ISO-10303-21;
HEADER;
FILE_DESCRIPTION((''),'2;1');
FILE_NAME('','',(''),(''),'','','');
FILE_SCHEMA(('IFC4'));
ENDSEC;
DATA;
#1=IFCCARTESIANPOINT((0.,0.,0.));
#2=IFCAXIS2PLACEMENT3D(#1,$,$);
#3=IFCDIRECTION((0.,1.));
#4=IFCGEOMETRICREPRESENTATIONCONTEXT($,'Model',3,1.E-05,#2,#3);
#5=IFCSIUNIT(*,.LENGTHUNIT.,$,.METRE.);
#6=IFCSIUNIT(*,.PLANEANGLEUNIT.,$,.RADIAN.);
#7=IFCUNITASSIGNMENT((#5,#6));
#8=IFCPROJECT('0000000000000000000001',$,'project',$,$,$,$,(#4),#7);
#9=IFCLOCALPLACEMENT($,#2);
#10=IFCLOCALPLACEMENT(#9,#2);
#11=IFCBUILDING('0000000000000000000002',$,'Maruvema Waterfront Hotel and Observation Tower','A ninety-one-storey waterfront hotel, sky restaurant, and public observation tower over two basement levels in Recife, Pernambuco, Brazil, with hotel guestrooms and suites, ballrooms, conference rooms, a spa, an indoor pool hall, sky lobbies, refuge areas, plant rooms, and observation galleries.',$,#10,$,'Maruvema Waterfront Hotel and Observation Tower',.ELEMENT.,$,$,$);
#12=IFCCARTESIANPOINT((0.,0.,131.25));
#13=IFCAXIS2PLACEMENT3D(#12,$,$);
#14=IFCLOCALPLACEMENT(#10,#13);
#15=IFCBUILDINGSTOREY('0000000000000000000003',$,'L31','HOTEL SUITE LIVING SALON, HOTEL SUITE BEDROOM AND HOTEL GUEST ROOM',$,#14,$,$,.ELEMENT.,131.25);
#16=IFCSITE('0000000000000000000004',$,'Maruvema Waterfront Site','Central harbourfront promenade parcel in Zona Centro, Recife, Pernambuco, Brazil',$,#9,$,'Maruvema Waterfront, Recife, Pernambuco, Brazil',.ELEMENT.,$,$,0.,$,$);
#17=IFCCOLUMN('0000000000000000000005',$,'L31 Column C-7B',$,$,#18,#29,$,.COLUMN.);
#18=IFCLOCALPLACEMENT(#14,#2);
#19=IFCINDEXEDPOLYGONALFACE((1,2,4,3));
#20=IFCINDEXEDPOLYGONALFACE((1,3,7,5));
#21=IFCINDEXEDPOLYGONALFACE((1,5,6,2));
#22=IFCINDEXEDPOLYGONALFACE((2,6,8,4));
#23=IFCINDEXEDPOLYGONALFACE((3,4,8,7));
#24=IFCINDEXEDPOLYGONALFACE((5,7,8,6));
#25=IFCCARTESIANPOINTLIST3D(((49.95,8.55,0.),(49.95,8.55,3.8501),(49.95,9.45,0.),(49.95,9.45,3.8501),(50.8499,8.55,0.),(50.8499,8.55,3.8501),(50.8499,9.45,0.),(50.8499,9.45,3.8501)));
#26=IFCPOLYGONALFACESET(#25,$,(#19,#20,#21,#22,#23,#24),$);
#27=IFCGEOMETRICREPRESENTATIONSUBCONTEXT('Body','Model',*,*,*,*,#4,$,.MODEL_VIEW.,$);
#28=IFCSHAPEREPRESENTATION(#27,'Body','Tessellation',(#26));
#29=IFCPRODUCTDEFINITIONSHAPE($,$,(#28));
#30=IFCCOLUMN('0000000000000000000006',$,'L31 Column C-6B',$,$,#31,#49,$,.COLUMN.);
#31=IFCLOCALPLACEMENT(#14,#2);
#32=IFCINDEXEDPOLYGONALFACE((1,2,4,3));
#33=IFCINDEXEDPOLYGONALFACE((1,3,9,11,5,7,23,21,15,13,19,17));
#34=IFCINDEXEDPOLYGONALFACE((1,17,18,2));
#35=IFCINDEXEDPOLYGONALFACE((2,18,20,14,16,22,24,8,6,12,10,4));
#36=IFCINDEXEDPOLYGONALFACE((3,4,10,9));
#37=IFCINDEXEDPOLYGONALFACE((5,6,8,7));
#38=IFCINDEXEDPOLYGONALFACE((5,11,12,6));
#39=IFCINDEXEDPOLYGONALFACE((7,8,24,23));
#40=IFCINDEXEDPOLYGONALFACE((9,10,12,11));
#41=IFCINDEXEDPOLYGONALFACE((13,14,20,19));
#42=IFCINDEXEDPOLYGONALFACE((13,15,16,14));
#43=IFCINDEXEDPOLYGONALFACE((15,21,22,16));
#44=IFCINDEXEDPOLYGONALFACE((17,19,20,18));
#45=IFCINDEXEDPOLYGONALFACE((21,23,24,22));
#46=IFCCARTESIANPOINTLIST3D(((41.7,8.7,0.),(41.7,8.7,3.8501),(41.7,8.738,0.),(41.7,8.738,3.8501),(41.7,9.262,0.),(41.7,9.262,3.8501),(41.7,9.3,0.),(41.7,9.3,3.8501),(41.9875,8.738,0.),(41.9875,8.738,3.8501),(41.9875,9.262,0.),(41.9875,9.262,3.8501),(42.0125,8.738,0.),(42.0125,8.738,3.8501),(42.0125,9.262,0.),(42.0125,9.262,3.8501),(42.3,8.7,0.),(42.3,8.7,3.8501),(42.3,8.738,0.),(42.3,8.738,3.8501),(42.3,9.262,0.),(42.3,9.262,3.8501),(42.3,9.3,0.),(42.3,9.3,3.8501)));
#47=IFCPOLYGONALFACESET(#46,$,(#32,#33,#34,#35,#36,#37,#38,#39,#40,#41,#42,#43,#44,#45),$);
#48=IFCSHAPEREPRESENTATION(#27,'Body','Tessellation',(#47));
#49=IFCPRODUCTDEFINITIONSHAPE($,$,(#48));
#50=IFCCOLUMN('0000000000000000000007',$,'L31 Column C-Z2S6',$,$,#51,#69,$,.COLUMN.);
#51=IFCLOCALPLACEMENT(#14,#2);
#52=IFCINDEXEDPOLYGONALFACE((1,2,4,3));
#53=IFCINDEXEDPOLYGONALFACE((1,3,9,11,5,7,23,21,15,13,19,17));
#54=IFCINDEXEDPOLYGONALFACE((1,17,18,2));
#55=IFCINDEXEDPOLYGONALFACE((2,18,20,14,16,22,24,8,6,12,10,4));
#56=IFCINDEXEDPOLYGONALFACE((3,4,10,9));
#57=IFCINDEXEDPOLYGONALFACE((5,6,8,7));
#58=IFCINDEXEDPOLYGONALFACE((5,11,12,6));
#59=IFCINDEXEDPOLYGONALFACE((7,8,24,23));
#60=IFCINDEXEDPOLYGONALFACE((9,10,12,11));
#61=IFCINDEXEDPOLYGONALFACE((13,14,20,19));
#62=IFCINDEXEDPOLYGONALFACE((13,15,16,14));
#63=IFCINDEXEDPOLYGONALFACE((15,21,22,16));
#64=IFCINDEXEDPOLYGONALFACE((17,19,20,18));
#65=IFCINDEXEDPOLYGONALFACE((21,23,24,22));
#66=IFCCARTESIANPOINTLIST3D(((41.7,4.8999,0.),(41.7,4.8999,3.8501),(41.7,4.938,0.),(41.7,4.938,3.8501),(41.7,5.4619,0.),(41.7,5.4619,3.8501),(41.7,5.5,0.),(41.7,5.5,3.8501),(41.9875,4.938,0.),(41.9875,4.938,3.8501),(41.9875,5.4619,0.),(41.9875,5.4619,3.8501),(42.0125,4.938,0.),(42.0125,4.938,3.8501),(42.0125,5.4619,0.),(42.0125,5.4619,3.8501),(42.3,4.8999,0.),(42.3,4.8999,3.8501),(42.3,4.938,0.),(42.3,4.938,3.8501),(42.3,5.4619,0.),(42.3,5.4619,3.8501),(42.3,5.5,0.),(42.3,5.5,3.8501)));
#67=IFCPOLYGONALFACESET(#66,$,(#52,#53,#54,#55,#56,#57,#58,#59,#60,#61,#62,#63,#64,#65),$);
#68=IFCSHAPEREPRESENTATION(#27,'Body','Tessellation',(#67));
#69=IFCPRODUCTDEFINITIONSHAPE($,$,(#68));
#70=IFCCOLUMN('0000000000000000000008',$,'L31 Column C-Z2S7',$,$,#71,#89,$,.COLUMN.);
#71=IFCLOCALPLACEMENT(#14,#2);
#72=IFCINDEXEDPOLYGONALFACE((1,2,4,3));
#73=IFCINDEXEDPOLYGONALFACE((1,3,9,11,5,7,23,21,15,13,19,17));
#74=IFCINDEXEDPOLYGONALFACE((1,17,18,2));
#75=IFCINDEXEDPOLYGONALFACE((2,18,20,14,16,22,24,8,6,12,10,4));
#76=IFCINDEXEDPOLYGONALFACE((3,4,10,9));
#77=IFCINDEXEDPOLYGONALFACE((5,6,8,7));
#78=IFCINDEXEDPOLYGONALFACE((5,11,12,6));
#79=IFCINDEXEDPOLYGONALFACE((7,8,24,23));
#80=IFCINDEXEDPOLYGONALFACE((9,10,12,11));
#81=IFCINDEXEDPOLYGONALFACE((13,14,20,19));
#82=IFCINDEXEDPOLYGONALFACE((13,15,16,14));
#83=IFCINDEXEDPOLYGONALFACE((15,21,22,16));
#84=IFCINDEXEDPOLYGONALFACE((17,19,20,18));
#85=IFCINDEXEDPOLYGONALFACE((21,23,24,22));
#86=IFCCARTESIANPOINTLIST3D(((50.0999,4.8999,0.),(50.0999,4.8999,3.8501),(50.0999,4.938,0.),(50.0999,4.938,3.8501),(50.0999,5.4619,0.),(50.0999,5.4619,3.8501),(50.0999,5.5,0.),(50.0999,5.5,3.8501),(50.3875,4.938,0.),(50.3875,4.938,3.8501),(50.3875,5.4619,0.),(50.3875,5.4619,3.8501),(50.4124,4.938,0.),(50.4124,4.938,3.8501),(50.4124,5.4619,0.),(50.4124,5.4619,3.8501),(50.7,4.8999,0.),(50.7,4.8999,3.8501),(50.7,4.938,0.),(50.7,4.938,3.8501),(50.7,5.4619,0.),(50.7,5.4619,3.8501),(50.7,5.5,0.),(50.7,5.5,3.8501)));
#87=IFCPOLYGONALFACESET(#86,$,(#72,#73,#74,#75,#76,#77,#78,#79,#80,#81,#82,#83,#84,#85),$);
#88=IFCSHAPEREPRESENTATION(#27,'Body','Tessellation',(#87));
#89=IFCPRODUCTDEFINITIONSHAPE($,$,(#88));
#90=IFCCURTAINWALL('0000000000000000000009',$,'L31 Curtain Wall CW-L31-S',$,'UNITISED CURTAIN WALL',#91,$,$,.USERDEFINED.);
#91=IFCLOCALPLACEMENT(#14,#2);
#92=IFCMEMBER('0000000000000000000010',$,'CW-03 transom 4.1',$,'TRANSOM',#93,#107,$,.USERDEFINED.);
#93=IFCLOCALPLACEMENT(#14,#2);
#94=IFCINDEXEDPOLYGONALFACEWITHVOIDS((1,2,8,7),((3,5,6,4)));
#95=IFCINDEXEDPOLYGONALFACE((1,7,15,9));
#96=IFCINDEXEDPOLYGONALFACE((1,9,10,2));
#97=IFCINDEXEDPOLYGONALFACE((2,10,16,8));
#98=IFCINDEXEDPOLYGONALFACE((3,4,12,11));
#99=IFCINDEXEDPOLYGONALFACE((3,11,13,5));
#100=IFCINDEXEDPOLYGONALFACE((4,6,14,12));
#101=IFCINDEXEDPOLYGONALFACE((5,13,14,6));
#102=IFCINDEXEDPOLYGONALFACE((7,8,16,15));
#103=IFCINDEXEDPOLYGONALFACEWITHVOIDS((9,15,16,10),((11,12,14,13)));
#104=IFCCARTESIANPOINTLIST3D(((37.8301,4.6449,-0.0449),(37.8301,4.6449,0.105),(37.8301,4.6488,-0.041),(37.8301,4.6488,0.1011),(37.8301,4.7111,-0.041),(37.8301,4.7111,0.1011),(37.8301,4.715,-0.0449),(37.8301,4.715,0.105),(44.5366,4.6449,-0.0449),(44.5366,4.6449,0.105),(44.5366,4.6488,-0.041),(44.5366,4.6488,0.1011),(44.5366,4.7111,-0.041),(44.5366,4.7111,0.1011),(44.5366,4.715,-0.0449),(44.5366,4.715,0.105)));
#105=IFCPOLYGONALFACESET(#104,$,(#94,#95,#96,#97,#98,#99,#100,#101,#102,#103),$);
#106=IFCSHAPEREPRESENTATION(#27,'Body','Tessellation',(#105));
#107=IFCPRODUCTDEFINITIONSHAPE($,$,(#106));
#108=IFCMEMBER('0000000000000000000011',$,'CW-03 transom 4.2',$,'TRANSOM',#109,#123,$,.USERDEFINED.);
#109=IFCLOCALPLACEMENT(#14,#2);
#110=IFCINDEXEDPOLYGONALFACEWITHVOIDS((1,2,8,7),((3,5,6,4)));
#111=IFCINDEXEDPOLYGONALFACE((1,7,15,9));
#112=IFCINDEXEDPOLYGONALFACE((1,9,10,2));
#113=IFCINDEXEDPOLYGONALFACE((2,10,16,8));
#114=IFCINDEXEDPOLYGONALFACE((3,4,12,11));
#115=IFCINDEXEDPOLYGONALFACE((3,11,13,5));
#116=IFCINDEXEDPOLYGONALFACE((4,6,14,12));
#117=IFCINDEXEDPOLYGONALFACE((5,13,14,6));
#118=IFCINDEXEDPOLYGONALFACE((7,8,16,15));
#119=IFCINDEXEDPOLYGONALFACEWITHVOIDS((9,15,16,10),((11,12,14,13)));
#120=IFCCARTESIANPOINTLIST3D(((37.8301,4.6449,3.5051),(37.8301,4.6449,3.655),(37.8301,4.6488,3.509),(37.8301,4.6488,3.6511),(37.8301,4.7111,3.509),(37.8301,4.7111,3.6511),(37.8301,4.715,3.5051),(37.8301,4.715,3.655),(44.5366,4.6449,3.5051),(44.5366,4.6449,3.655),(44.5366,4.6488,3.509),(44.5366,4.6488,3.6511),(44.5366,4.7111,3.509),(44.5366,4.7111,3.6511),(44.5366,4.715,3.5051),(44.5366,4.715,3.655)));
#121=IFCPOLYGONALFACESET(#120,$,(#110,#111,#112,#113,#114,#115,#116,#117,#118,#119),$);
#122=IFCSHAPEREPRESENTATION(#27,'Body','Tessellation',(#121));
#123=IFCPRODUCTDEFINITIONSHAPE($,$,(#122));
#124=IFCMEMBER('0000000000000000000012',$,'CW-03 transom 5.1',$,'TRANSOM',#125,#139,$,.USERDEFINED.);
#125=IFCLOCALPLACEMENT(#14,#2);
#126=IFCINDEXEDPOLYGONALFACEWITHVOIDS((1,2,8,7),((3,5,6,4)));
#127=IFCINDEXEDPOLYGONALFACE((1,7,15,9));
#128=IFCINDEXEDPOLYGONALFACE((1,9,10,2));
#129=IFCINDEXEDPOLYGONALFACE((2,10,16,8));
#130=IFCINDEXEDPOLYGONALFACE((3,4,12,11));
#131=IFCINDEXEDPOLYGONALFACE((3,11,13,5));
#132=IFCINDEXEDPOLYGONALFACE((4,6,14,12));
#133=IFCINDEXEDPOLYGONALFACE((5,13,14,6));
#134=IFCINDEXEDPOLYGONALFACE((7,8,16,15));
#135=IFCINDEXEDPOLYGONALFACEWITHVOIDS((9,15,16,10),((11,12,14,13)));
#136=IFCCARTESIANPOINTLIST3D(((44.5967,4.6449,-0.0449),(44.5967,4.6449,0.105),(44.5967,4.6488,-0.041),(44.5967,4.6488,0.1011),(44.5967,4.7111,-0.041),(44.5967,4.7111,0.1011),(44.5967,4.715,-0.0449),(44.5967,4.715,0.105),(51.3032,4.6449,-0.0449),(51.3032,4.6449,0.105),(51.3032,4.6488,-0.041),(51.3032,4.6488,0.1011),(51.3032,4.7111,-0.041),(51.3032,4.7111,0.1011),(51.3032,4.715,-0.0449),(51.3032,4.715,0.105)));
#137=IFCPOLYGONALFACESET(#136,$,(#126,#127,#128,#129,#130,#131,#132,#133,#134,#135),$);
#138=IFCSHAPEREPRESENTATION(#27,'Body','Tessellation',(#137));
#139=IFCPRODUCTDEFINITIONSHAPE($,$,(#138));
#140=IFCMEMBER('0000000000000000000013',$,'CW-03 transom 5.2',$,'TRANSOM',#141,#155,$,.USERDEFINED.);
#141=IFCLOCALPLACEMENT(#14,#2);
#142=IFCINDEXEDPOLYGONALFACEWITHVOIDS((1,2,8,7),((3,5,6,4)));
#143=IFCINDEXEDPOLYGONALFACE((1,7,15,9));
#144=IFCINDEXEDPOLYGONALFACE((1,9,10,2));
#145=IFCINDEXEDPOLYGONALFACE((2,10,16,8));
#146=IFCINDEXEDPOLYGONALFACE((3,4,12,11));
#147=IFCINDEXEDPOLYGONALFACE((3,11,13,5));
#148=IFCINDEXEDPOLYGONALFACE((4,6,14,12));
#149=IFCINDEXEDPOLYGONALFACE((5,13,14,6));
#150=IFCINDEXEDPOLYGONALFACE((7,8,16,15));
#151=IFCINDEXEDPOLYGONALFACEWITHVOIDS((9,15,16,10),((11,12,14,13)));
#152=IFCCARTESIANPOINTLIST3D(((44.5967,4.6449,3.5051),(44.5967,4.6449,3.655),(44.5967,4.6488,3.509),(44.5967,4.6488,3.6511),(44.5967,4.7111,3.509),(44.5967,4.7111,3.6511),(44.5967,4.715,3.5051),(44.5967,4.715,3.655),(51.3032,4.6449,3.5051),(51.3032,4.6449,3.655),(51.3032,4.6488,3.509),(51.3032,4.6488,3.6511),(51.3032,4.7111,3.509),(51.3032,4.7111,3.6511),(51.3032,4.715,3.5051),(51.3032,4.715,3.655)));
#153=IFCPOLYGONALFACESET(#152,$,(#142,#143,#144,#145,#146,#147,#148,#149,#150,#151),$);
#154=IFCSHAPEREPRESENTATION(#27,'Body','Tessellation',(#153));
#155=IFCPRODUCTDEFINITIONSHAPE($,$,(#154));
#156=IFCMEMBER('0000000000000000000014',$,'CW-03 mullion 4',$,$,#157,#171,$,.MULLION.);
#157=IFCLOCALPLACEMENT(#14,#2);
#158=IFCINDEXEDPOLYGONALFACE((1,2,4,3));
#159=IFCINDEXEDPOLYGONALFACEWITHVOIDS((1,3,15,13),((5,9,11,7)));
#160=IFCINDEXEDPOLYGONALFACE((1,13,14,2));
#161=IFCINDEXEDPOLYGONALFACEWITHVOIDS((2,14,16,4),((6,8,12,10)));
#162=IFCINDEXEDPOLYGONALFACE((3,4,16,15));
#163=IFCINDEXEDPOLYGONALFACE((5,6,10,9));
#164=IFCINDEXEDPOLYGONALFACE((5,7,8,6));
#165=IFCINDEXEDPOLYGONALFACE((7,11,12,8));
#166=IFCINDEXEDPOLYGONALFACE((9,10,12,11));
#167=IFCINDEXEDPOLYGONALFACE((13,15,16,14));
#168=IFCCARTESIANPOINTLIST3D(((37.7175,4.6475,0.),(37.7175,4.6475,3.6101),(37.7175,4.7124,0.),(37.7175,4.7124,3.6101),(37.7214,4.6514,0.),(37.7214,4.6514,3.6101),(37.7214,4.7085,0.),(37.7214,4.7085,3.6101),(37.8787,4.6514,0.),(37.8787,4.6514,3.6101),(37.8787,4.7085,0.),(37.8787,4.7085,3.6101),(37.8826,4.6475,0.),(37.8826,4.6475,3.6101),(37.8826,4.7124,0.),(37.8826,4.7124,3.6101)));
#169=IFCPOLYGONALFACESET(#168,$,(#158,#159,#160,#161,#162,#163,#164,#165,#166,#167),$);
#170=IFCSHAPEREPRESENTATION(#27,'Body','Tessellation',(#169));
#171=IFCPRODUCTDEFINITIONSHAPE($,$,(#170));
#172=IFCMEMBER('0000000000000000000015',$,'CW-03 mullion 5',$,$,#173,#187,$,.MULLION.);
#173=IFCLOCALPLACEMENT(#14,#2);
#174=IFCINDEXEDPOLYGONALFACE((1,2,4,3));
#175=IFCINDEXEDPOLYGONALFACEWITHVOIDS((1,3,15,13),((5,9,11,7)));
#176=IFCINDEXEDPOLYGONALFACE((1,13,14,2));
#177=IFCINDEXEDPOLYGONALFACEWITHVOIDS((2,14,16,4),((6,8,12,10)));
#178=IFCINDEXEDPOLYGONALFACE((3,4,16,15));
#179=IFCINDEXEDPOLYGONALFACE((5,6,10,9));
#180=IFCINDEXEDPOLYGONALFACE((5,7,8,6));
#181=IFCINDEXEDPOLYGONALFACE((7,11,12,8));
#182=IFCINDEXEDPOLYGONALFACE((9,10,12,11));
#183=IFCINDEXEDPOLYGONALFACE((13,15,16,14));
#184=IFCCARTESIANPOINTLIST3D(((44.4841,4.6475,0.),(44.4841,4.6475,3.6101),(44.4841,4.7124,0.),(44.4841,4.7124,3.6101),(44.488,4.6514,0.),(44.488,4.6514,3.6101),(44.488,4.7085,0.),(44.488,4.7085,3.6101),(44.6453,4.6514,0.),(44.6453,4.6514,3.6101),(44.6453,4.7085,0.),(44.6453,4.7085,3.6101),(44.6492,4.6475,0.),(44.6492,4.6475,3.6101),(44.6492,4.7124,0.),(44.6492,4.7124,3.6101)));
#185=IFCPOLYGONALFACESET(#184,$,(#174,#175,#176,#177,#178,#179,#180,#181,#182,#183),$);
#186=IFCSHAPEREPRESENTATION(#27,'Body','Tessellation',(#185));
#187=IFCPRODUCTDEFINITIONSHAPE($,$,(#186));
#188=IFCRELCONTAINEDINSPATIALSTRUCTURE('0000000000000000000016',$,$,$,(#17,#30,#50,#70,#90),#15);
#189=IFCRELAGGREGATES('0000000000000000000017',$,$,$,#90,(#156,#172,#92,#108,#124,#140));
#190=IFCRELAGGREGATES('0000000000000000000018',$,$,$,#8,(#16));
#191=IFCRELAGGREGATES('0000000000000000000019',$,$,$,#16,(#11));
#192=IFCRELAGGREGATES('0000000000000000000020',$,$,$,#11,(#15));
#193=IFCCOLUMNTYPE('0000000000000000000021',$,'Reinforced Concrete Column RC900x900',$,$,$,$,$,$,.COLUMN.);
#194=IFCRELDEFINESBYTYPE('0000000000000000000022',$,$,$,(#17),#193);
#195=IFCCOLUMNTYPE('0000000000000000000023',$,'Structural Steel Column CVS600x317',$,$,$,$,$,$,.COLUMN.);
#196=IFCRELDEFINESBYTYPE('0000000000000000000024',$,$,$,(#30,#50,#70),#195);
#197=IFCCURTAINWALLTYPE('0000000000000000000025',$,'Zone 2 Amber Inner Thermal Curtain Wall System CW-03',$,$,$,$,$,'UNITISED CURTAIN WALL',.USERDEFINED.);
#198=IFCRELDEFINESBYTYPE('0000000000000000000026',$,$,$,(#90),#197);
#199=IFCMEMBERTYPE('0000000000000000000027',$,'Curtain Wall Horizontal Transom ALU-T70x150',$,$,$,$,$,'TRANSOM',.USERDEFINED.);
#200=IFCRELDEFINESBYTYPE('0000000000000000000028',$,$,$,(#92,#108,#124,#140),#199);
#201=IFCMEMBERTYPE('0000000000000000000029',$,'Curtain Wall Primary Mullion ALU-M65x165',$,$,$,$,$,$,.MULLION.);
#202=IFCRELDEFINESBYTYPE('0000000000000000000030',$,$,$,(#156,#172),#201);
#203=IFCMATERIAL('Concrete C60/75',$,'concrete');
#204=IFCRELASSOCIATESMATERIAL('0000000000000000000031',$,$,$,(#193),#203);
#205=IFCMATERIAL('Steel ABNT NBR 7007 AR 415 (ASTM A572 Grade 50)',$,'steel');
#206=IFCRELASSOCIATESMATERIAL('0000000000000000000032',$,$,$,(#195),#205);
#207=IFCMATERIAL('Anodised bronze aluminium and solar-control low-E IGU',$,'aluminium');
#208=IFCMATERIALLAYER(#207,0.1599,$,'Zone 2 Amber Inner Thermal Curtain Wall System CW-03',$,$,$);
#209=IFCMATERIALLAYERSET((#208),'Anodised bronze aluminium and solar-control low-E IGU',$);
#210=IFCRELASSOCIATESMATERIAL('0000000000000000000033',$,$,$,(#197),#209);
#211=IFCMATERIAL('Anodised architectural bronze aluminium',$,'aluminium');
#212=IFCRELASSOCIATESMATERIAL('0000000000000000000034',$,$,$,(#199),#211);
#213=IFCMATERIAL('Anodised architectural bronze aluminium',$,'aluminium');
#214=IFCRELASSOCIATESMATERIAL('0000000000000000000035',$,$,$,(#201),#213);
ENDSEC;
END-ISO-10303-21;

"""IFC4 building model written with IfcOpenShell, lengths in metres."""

from ifc_helpers import new_model, si_unit, direction, frame, origin, origin_2d, place, context, subcontext, project, spatial, rectangle, hollow_rectangle, i_section, extrude, material, layer, layer_set, material_profile, profile_set, type_object, element, aggregate, save


model = new_model("IFC4")

# Units and contexts
model_context = context("Model", 3, precision=1e-05, world=origin(), true_north=direction((0.0, 1.0)))
body_context = subcontext(model_context, "Body", "Model", "MODEL_VIEW")
ifc_project = project(units=[si_unit("LENGTHUNIT", "METRE"), si_unit("PLANEANGLEUNIT", "RADIAN")], contexts=[model_context])

# Site, building, storey
site_placement = place(None, origin())
site = spatial("IfcSite", under=ifc_project, at=site_placement, Name="Maruvema Waterfront Site", Description="Central harbourfront promenade parcel in Zona Centro, Recife, Pernambuco, Brazil", LongName="Maruvema Waterfront, Recife, Pernambuco, Brazil", CompositionType="ELEMENT", RefElevation=0.0)
building_placement = place(site_placement, origin())
building = spatial("IfcBuilding", under=site, at=building_placement, Name="Maruvema Waterfront Hotel and Observation Tower", Description="A ninety-one-storey waterfront hotel, sky restaurant, and public observation tower over two basement levels in Recife, Pernambuco, Brazil, with hotel guestrooms and suites, ballrooms, conference rooms, a spa, an indoor pool hall, sky lobbies, refuge areas, plant rooms, and observation galleries.", LongName="Maruvema Waterfront Hotel and Observation Tower", CompositionType="ELEMENT")
storey_placement = place(building_placement, frame((0.0, 0.0, 131.25)))
storey = spatial("IfcBuildingStorey", under=building, at=storey_placement, Name="L31", Description="HOTEL SUITE LIVING SALON, HOTEL SUITE BEDROOM AND HOTEL GUEST ROOM", CompositionType="ELEMENT", Elevation=131.25)

# Columns
ifc_material_1 = material(Name="Concrete C60/75", Category="concrete")
ifc_material_profile_1 = material_profile(ifc_material_1, rectangle(XDim=0.8999, YDim=0.8999, at=origin_2d()), Name="RC900x900")
ifc_profile_set_1 = profile_set([ifc_material_profile_1], Name="Concrete C60/75")
column_type_1 = type_object("IfcColumnType", Name="Reinforced Concrete Column RC900x900", PredefinedType="COLUMN", material=ifc_profile_set_1)
column_placement = place(storey_placement, frame((50.3999, 9.0, 0.0), z_axis=(0.0, 0.0, 1.0), x_axis=(1.0, 0.0, 0.0)))
element("IfcColumn", 1, at=column_placement, inside=storey, type_object=column_type_1, Name="L31 Column C-7B", PredefinedType="COLUMN", context=body_context, shape_type="SweptSolid", body=[
    extrude(rectangle(XDim=0.8999, YDim=0.8999, at=origin_2d()), origin(), (0.0, 0.0, 1.0), 3.8501),
])
ifc_material_2 = material(Name="Steel ABNT NBR 7007 AR 415 (ASTM A572 Grade 50)", Category="steel")
ifc_material_profile_2 = material_profile(ifc_material_2, i_section(OverallWidth=0.6001, OverallDepth=0.6001, WebThickness=0.0249, FlangeThickness=0.0381, at=origin_2d()), Name="CVS600x317")
ifc_profile_set_2 = profile_set([ifc_material_profile_2], Name="Steel ABNT NBR 7007 AR 415 (ASTM A572 Grade 50)")
column_type_2 = type_object("IfcColumnType", Name="Structural Steel Column CVS600x317", PredefinedType="COLUMN", material=ifc_profile_set_2)
for number, where, z_axis, x_axis, name in (
    (2, (42.0, 9.0, 0.0), (0.0, 0.0, 1.0), (1.0, 0.0, 0.0), "L31 Column C-6B"),
    (3, (42.0, 5.2, 0.0), (0.0, 0.0, 1.0), (1.0, 0.0, 0.0), "L31 Column C-Z2S6"),
    (4, (50.3999, 5.2, 0.0), (0.0, 0.0, 1.0), (1.0, 0.0, 0.0), "L31 Column C-Z2S7"),
):
    element("IfcColumn", number, at=place(storey_placement, frame(where, z_axis=z_axis, x_axis=x_axis)), inside=storey, type_object=column_type_2, Name=name, PredefinedType="COLUMN", context=body_context, shape_type="SweptSolid", body=[
        extrude(i_section(OverallWidth=0.6001, OverallDepth=0.6001, WebThickness=0.0249, FlangeThickness=0.0381, at=origin_2d()), origin(), (0.0, 0.0, 1.0), 3.8501),
    ])

# Curtain wall, members
ifc_material_3 = material(Name="Anodised bronze aluminium and solar-control low-E IGU", Category="aluminium")
ifc_layer_1 = layer(ifc_material_3, 0.1599, Name="Zone 2 Amber Inner Thermal Curtain Wall System CW-03")
ifc_layer_set_1 = layer_set([ifc_layer_1], Name="Anodised bronze aluminium and solar-control low-E IGU")
curtain_wall_type = type_object("IfcCurtainWallType", Name="Zone 2 Amber Inner Thermal Curtain Wall System CW-03", ElementType="UNITISED CURTAIN WALL", PredefinedType="USERDEFINED", material=ifc_layer_set_1)
curtain_wall_placement = place(storey_placement, origin())
curtain_wall = element("IfcCurtainWall", 5, at=curtain_wall_placement, inside=storey, type_object=curtain_wall_type, Name="L31 Curtain Wall CW-L31-S", ObjectType="UNITISED CURTAIN WALL", PredefinedType="USERDEFINED")
ifc_material_4 = material(Name="Anodised architectural bronze aluminium", Category="aluminium")
ifc_material_profile_3 = material_profile(ifc_material_4, hollow_rectangle(XDim=0.0701, YDim=0.1499, WallThickness=0.0039, at=origin_2d()), Name="ALU-T70x150")
ifc_profile_set_3 = profile_set([ifc_material_profile_3], Name="Anodised architectural bronze aluminium")
member_type_1 = type_object("IfcMemberType", Name="Curtain Wall Horizontal Transom ALU-T70x150", ElementType="TRANSOM", PredefinedType="USERDEFINED", material=ifc_profile_set_3)
member_1_placement = place(storey_placement, frame((37.8301, 4.6799, 0.03), z_axis=(1.0, 0.0, 0.0), x_axis=(0.0, 1.0, 0.0)))
member_1 = element("IfcMember", 6, at=member_1_placement, type_object=member_type_1, Name="CW-03 transom 4.1", ObjectType="TRANSOM", PredefinedType="USERDEFINED", context=body_context, shape_type="SweptSolid", body=[
    extrude(hollow_rectangle(XDim=0.0701, YDim=0.1499, WallThickness=0.0039, at=origin_2d()), origin(), (0.0, 0.0, 1.0), 6.7065),
])
member_2_placement = place(storey_placement, frame((37.8301, 4.6799, 3.5801), z_axis=(1.0, 0.0, 0.0), x_axis=(0.0, 1.0, 0.0)))
member_2 = element("IfcMember", 7, at=member_2_placement, type_object=member_type_1, Name="CW-03 transom 4.2", ObjectType="TRANSOM", PredefinedType="USERDEFINED", context=body_context, shape_type="SweptSolid", body=[
    extrude(hollow_rectangle(XDim=0.0701, YDim=0.1499, WallThickness=0.0039, at=origin_2d()), origin(), (0.0, 0.0, 1.0), 6.7065),
])
member_3_placement = place(storey_placement, frame((44.5967, 4.6799, 0.03), z_axis=(1.0, 0.0, 0.0), x_axis=(0.0, 1.0, 0.0)))
member_3 = element("IfcMember", 8, at=member_3_placement, type_object=member_type_1, Name="CW-03 transom 5.1", ObjectType="TRANSOM", PredefinedType="USERDEFINED", context=body_context, shape_type="SweptSolid", body=[
    extrude(hollow_rectangle(XDim=0.0701, YDim=0.1499, WallThickness=0.0039, at=origin_2d()), origin(), (0.0, 0.0, 1.0), 6.7065),
])
member_4_placement = place(storey_placement, frame((44.5967, 4.6799, 3.5801), z_axis=(1.0, 0.0, 0.0), x_axis=(0.0, 1.0, 0.0)))
member_4 = element("IfcMember", 9, at=member_4_placement, type_object=member_type_1, Name="CW-03 transom 5.2", ObjectType="TRANSOM", PredefinedType="USERDEFINED", context=body_context, shape_type="SweptSolid", body=[
    extrude(hollow_rectangle(XDim=0.0701, YDim=0.1499, WallThickness=0.0039, at=origin_2d()), origin(), (0.0, 0.0, 1.0), 6.7065),
])
ifc_material_5 = material(Name="Anodised architectural bronze aluminium", Category="aluminium")
ifc_material_profile_4 = material_profile(ifc_material_5, hollow_rectangle(XDim=0.0649, YDim=0.165, WallThickness=0.0039, at=origin_2d()), Name="ALU-M65x165")
ifc_profile_set_4 = profile_set([ifc_material_profile_4], Name="Anodised architectural bronze aluminium")
member_type_2 = type_object("IfcMemberType", Name="Curtain Wall Primary Mullion ALU-M65x165", PredefinedType="MULLION", material=ifc_profile_set_4)
member_5_placement = place(storey_placement, frame((37.8, 4.6799, 0.0), z_axis=(0.0, 0.0, 1.0), x_axis=(0.0, 1.0, 0.0)))
member_5 = element("IfcMember", 10, at=member_5_placement, type_object=member_type_2, Name="CW-03 mullion 4", PredefinedType="MULLION", context=body_context, shape_type="SweptSolid", body=[
    extrude(hollow_rectangle(XDim=0.0649, YDim=0.165, WallThickness=0.0039, at=origin_2d()), origin(), (0.0, 0.0, 1.0), 3.6101),
])
member_6_placement = place(storey_placement, frame((44.5667, 4.6799, 0.0), z_axis=(0.0, 0.0, 1.0), x_axis=(0.0, 1.0, 0.0)))
member_6 = element("IfcMember", 11, at=member_6_placement, type_object=member_type_2, Name="CW-03 mullion 5", PredefinedType="MULLION", context=body_context, shape_type="SweptSolid", body=[
    extrude(hollow_rectangle(XDim=0.0649, YDim=0.165, WallThickness=0.0039, at=origin_2d()), origin(), (0.0, 0.0, 1.0), 3.6101),
])

aggregate(curtain_wall, [member_5, member_6, member_1, member_2, member_3, member_4])

save(model, "model.ifc")
